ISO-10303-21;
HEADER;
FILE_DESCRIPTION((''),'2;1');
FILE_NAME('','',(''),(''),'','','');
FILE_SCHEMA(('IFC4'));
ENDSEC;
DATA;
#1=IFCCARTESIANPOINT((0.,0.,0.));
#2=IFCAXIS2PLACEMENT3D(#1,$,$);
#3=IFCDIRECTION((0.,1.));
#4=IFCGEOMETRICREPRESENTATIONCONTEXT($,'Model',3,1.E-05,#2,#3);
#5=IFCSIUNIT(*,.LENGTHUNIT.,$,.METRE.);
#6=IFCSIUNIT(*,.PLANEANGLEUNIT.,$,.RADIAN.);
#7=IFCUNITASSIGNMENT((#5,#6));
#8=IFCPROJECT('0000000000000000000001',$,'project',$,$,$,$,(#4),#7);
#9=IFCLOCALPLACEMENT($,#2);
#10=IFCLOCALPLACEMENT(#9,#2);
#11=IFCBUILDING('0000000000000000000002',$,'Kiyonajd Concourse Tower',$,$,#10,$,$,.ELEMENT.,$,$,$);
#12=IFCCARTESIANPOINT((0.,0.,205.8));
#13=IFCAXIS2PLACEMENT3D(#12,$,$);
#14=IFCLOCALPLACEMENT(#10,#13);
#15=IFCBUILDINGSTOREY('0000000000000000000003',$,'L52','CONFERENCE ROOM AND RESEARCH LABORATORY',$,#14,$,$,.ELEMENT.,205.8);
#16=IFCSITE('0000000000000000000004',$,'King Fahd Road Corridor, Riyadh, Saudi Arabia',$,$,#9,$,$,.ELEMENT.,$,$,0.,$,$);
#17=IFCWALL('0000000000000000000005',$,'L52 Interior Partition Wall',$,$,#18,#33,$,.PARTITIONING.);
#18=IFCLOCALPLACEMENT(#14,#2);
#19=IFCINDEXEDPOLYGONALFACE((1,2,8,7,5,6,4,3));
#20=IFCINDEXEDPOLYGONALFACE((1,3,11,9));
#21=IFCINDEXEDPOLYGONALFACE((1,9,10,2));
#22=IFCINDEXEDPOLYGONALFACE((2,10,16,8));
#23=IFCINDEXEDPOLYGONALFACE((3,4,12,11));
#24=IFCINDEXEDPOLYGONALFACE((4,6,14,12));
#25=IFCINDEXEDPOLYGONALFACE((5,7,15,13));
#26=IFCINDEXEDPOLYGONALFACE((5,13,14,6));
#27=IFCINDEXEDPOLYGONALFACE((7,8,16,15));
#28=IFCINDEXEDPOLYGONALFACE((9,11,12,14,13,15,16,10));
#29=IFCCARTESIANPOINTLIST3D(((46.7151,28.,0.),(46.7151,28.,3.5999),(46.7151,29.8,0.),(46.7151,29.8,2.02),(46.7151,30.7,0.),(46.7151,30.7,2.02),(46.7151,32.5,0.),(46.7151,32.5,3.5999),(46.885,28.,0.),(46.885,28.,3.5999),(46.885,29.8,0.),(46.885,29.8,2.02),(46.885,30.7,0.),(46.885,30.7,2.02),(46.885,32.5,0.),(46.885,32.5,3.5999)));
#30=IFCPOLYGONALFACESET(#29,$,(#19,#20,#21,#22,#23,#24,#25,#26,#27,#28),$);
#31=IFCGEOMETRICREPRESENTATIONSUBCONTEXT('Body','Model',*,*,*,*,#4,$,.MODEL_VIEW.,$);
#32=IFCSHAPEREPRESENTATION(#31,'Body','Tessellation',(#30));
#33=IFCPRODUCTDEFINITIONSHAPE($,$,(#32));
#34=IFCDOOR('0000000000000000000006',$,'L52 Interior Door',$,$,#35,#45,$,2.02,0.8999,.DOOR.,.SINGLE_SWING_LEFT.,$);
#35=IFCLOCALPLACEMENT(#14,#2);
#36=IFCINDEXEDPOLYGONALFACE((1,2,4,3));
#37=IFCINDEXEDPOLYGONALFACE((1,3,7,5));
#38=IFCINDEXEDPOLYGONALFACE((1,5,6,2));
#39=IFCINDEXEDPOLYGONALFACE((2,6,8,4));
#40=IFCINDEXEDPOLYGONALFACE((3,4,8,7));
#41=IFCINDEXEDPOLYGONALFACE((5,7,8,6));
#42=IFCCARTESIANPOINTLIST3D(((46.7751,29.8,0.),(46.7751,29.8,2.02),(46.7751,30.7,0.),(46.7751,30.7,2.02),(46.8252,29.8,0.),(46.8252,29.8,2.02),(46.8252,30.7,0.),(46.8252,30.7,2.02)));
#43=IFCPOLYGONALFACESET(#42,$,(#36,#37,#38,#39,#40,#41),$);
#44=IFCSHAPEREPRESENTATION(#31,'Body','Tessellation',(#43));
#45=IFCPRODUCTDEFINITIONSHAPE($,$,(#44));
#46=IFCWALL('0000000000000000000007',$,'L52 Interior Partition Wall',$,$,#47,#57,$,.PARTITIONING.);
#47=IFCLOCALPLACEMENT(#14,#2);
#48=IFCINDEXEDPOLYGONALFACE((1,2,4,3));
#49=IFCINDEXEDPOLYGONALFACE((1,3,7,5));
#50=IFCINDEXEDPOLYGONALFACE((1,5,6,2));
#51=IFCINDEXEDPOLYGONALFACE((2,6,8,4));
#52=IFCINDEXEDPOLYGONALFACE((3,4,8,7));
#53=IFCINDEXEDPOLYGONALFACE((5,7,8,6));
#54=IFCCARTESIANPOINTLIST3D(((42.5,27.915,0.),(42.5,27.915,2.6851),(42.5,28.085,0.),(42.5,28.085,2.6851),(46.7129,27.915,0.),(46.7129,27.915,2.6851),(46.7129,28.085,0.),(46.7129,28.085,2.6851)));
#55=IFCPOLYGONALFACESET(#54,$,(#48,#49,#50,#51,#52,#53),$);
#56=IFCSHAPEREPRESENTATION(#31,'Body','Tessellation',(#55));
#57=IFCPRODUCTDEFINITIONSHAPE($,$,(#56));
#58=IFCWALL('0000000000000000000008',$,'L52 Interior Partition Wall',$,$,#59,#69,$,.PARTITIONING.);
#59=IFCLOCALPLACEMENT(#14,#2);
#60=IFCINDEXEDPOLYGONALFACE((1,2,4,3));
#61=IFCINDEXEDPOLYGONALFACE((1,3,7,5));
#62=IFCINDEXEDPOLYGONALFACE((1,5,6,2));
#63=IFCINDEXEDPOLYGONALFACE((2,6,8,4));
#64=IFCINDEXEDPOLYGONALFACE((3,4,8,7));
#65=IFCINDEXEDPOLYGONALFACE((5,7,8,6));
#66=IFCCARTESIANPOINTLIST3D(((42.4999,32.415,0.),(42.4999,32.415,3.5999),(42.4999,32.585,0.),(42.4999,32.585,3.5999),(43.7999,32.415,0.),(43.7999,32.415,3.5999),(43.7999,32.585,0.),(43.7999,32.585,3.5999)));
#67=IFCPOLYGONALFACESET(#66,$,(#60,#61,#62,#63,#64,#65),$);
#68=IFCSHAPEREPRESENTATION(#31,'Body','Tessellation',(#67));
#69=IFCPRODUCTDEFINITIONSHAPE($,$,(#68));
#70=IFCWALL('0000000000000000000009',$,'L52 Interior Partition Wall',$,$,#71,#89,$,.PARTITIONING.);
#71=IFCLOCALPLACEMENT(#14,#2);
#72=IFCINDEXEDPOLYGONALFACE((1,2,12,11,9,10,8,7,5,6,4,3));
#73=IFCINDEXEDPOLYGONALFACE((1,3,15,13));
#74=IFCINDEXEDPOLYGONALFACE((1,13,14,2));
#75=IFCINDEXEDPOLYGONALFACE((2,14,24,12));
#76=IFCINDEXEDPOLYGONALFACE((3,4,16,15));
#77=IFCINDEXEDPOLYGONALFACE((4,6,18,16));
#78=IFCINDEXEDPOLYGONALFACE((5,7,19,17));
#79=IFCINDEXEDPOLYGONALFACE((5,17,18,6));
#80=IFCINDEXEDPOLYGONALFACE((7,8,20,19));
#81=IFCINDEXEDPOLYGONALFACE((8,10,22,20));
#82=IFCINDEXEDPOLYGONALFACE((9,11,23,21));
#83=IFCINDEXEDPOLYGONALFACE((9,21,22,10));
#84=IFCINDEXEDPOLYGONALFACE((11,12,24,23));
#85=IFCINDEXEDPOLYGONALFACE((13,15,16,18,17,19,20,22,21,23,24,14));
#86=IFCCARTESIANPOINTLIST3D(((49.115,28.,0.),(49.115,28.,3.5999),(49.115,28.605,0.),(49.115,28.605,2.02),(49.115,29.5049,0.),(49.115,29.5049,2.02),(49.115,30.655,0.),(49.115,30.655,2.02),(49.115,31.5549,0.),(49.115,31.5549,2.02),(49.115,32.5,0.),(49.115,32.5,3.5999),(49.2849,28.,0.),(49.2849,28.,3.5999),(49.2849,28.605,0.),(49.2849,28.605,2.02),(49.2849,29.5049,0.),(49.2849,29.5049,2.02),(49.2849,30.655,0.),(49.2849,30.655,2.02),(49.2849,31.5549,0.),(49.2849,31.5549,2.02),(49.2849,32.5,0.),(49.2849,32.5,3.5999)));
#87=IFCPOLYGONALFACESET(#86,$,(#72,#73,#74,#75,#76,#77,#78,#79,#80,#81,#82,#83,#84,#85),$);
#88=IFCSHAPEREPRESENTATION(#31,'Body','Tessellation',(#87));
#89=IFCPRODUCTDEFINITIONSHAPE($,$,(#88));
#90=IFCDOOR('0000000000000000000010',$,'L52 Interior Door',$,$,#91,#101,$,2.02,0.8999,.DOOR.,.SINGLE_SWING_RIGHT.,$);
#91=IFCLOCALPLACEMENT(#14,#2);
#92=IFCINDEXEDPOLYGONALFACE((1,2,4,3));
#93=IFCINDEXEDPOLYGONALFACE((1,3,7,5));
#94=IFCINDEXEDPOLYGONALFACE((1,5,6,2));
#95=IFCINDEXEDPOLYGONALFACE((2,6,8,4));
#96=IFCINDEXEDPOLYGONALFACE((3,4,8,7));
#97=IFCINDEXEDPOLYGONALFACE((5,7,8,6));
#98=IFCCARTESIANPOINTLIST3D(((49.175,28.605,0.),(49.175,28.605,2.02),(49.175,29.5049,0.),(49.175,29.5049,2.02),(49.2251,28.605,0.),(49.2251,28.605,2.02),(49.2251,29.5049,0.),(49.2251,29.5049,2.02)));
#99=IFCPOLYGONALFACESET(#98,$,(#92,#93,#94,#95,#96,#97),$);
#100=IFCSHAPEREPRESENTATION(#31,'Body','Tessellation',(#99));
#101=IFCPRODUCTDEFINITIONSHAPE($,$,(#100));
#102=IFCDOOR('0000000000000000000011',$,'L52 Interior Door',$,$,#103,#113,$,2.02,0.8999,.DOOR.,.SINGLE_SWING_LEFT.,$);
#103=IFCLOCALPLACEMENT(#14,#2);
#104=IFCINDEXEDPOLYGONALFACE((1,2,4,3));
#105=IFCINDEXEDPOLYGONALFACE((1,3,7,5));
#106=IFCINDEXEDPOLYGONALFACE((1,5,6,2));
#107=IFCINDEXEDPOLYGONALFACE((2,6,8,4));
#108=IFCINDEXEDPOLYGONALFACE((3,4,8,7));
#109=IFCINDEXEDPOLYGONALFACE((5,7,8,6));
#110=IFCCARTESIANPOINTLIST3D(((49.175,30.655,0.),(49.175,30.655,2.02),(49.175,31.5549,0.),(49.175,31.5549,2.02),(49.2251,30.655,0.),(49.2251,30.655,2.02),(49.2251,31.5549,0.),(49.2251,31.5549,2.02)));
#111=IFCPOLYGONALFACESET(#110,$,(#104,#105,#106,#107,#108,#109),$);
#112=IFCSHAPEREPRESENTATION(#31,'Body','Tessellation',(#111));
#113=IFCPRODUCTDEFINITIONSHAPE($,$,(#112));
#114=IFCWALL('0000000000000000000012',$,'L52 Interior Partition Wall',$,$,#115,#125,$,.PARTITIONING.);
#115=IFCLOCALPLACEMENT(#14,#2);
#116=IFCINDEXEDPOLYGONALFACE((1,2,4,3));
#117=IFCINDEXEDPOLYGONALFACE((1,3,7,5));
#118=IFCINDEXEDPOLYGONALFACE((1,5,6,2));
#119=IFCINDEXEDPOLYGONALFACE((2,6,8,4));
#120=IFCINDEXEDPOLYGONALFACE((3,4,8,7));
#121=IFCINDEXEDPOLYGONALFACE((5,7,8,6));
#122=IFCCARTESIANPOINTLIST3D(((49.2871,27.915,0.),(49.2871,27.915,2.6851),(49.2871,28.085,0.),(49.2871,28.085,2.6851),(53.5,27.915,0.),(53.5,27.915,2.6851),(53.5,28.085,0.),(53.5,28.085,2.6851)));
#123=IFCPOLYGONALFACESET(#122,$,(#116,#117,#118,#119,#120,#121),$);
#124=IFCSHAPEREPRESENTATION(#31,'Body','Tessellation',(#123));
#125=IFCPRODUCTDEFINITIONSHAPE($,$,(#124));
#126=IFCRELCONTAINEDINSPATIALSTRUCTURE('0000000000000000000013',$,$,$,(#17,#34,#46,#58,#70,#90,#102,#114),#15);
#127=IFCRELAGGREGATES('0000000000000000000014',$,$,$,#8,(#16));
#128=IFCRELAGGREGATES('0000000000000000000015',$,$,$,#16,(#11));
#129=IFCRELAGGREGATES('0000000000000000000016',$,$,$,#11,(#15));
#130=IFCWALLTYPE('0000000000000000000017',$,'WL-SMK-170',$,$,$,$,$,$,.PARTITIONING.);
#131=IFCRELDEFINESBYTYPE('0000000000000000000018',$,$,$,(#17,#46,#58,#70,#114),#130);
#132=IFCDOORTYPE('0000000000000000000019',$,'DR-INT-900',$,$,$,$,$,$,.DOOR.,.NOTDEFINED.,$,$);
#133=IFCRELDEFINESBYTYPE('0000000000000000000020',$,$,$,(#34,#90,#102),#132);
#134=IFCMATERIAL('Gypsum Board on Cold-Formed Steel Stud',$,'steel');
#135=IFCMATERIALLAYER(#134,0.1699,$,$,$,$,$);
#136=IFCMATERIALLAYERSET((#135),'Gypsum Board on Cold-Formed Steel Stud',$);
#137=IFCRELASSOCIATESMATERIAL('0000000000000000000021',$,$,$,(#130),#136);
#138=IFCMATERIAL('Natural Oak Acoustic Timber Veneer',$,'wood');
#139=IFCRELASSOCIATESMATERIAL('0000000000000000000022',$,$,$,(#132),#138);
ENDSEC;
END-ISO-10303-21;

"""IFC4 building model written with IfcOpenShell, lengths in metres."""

from ifc_helpers import new_model, si_unit, direction, frame, frame_2d, origin, place, context, subcontext, project, spatial, rectangle, extrude, material, layer, layer_set, type_object, element, fill, save


model = new_model("IFC4")

# Units and contexts
model_context = context("Model", 3, precision=1e-05, world=origin(), true_north=direction((0.0, 1.0)))
body_context = subcontext(model_context, "Body", "Model", "MODEL_VIEW")
ifc_project = project(units=[si_unit("LENGTHUNIT", "METRE"), si_unit("PLANEANGLEUNIT", "RADIAN")], contexts=[model_context])

# Site, building, storey
site_placement = place(None, origin())
site = spatial("IfcSite", under=ifc_project, at=site_placement, Name="King Fahd Road Corridor, Riyadh, Saudi Arabia", CompositionType="ELEMENT", RefElevation=0.0)
building_placement = place(site_placement, origin())
building = spatial("IfcBuilding", under=site, at=building_placement, Name="Kiyonajd Concourse Tower", CompositionType="ELEMENT")
storey_placement = place(building_placement, frame((0.0, 0.0, 205.8)))
storey = spatial("IfcBuildingStorey", under=building, at=storey_placement, Name="L52", Description="CONFERENCE ROOM AND RESEARCH LABORATORY", CompositionType="ELEMENT", Elevation=205.8)

# Shared definitions
ifc_material_1 = material(Name="Gypsum Board on Cold-Formed Steel Stud", Category="steel")

# Shared definitions
ifc_layer_1 = layer(ifc_material_1, 0.1699)
ifc_layer_set_1 = layer_set([ifc_layer_1], Name="Gypsum Board on Cold-Formed Steel Stud")
wall_type_1 = type_object("IfcWallType", Name="WL-SMK-170", PredefinedType="PARTITIONING", material=ifc_layer_set_1)
ifc_material_2 = material(Name="Natural Oak Acoustic Timber Veneer", Category="wood")
door_type = type_object("IfcDoorType", Name="DR-INT-900", OperationType="NOTDEFINED", PredefinedType="DOOR", material=ifc_material_2)

# Wall, opening, door
wall_1_placement = place(storey_placement, frame((46.8, 28.0, 0.0), z_axis=(0.0, 0.0, 1.0), x_axis=(0.0, 1.0, 0.0)))
wall_1 = element("IfcWall", 1, at=wall_1_placement, inside=storey, type_object=wall_type_1, Name="L52 Interior Partition Wall", PredefinedType="PARTITIONING", context=body_context, shape_type="SweptSolid", body=[
    extrude(rectangle(XDim=4.5, YDim=0.1699, at=frame_2d((2.25, 0.0))), origin(), (0.0, 0.0, 1.0), 3.5999),
])
opening_1_placement = place(wall_1_placement, frame((1.8, 0.0, 0.0)))
opening_1 = element("IfcOpeningElement", 2, at=opening_1_placement, cuts=wall_1, PredefinedType="OPENING", context=body_context, shape_type="SweptSolid", body=[
    extrude(rectangle(XDim=0.8999, YDim=2.02, at=frame_2d((0.45, 1.01))), frame((0.0, 0.095, 0.0), z_axis=(0.0, -1.0, 0.0), x_axis=(1.0, 0.0, 0.0)), (0.0, 0.0, 1.0), 0.1899),
])
door_1_placement = place(opening_1_placement, origin())
door_1 = element("IfcDoor", 3, at=door_1_placement, inside=storey, type_object=door_type, Name="L52 Interior Door", OperationType="SINGLE_SWING_LEFT", OverallHeight=2.02, OverallWidth=0.8999, PredefinedType="DOOR", context=body_context, shape_type="SweptSolid", body=[
    extrude(rectangle(XDim=0.8999, YDim=2.02, at=frame_2d((0.45, 1.01))), frame((0.0, 0.0249, 0.0), z_axis=(0.0, -1.0, 0.0), x_axis=(1.0, 0.0, 0.0)), (0.0, 0.0, 1.0), 0.05),
])
fill(opening_1, door_1)

# Walls
wall_2_placement = place(storey_placement, frame((42.5, 28.0, 0.0), z_axis=(0.0, 0.0, 1.0), x_axis=(1.0, 0.0, 0.0)))
element("IfcWall", 4, at=wall_2_placement, inside=storey, type_object=wall_type_1, Name="L52 Interior Partition Wall", PredefinedType="PARTITIONING", context=body_context, shape_type="SweptSolid", body=[
    extrude(rectangle(XDim=4.2129, YDim=0.1699, at=frame_2d((2.1064, 0.0))), origin(), (0.0, 0.0, 1.0), 2.6851),
])
wall_3_placement = place(storey_placement, frame((42.5, 32.5, 0.0), z_axis=(0.0, 0.0, 1.0), x_axis=(1.0, 0.0, 0.0)))
element("IfcWall", 5, at=wall_3_placement, inside=storey, type_object=wall_type_1, Name="L52 Interior Partition Wall", PredefinedType="PARTITIONING", context=body_context, shape_type="SweptSolid", body=[
    extrude(rectangle(XDim=1.3, YDim=0.1699, at=frame_2d((0.6499, 0.0))), origin(), (0.0, 0.0, 1.0), 3.5999),
])

# Wall, openings, doors
wall_4_placement = place(storey_placement, frame((49.2, 28.0, 0.0), z_axis=(0.0, 0.0, 1.0), x_axis=(0.0, 1.0, 0.0)))
wall_4 = element("IfcWall", 6, at=wall_4_placement, inside=storey, type_object=wall_type_1, Name="L52 Interior Partition Wall", PredefinedType="PARTITIONING", context=body_context, shape_type="SweptSolid", body=[
    extrude(rectangle(XDim=4.5, YDim=0.1699, at=frame_2d((2.25, 0.0))), origin(), (0.0, 0.0, 1.0), 3.5999),
])
opening_2_placement = place(wall_4_placement, frame((0.605, 0.0, 0.0)))
opening_2 = element("IfcOpeningElement", 7, at=opening_2_placement, cuts=wall_4, PredefinedType="OPENING", context=body_context, shape_type="SweptSolid", body=[
    extrude(rectangle(XDim=0.8999, YDim=2.02, at=frame_2d((0.45, 1.01))), frame((0.0, 0.095, 0.0), z_axis=(0.0, -1.0, 0.0), x_axis=(1.0, 0.0, 0.0)), (0.0, 0.0, 1.0), 0.1899),
])
opening_3_placement = place(wall_4_placement, frame((2.655, 0.0, 0.0)))
opening_3 = element("IfcOpeningElement", 8, at=opening_3_placement, cuts=wall_4, PredefinedType="OPENING", context=body_context, shape_type="SweptSolid", body=[
    extrude(rectangle(XDim=0.8999, YDim=2.02, at=frame_2d((0.45, 1.01))), frame((0.0, 0.095, 0.0), z_axis=(0.0, -1.0, 0.0), x_axis=(1.0, 0.0, 0.0)), (0.0, 0.0, 1.0), 0.1899),
])
door_2_placement = place(opening_2_placement, origin())
door_2 = element("IfcDoor", 9, at=door_2_placement, inside=storey, type_object=door_type, Name="L52 Interior Door", OperationType="SINGLE_SWING_RIGHT", OverallHeight=2.02, OverallWidth=0.8999, PredefinedType="DOOR", context=body_context, shape_type="SweptSolid", body=[
    extrude(rectangle(XDim=0.8999, YDim=2.02, at=frame_2d((0.45, 1.01))), frame((0.0, 0.0249, 0.0), z_axis=(0.0, -1.0, 0.0), x_axis=(1.0, 0.0, 0.0)), (0.0, 0.0, 1.0), 0.05),
])
fill(opening_2, door_2)
door_3_placement = place(opening_3_placement, origin())
door_3 = element("IfcDoor", 10, at=door_3_placement, inside=storey, type_object=door_type, Name="L52 Interior Door", OperationType="SINGLE_SWING_LEFT", OverallHeight=2.02, OverallWidth=0.8999, PredefinedType="DOOR", context=body_context, shape_type="SweptSolid", body=[
    extrude(rectangle(XDim=0.8999, YDim=2.02, at=frame_2d((0.45, 1.01))), frame((0.0, 0.0249, 0.0), z_axis=(0.0, -1.0, 0.0), x_axis=(1.0, 0.0, 0.0)), (0.0, 0.0, 1.0), 0.05),
])
fill(opening_3, door_3)

# Wall
wall_5_placement = place(storey_placement, frame((49.2871, 28.0, 0.0), z_axis=(0.0, 0.0, 1.0), x_axis=(1.0, 0.0, 0.0)))
element("IfcWall", 11, at=wall_5_placement, inside=storey, type_object=wall_type_1, Name="L52 Interior Partition Wall", PredefinedType="PARTITIONING", context=body_context, shape_type="SweptSolid", body=[
    extrude(rectangle(XDim=4.2129, YDim=0.1699, at=frame_2d((2.1064, 0.0))), origin(), (0.0, 0.0, 1.0), 2.6851),
])

save(model, "model.ifc")
